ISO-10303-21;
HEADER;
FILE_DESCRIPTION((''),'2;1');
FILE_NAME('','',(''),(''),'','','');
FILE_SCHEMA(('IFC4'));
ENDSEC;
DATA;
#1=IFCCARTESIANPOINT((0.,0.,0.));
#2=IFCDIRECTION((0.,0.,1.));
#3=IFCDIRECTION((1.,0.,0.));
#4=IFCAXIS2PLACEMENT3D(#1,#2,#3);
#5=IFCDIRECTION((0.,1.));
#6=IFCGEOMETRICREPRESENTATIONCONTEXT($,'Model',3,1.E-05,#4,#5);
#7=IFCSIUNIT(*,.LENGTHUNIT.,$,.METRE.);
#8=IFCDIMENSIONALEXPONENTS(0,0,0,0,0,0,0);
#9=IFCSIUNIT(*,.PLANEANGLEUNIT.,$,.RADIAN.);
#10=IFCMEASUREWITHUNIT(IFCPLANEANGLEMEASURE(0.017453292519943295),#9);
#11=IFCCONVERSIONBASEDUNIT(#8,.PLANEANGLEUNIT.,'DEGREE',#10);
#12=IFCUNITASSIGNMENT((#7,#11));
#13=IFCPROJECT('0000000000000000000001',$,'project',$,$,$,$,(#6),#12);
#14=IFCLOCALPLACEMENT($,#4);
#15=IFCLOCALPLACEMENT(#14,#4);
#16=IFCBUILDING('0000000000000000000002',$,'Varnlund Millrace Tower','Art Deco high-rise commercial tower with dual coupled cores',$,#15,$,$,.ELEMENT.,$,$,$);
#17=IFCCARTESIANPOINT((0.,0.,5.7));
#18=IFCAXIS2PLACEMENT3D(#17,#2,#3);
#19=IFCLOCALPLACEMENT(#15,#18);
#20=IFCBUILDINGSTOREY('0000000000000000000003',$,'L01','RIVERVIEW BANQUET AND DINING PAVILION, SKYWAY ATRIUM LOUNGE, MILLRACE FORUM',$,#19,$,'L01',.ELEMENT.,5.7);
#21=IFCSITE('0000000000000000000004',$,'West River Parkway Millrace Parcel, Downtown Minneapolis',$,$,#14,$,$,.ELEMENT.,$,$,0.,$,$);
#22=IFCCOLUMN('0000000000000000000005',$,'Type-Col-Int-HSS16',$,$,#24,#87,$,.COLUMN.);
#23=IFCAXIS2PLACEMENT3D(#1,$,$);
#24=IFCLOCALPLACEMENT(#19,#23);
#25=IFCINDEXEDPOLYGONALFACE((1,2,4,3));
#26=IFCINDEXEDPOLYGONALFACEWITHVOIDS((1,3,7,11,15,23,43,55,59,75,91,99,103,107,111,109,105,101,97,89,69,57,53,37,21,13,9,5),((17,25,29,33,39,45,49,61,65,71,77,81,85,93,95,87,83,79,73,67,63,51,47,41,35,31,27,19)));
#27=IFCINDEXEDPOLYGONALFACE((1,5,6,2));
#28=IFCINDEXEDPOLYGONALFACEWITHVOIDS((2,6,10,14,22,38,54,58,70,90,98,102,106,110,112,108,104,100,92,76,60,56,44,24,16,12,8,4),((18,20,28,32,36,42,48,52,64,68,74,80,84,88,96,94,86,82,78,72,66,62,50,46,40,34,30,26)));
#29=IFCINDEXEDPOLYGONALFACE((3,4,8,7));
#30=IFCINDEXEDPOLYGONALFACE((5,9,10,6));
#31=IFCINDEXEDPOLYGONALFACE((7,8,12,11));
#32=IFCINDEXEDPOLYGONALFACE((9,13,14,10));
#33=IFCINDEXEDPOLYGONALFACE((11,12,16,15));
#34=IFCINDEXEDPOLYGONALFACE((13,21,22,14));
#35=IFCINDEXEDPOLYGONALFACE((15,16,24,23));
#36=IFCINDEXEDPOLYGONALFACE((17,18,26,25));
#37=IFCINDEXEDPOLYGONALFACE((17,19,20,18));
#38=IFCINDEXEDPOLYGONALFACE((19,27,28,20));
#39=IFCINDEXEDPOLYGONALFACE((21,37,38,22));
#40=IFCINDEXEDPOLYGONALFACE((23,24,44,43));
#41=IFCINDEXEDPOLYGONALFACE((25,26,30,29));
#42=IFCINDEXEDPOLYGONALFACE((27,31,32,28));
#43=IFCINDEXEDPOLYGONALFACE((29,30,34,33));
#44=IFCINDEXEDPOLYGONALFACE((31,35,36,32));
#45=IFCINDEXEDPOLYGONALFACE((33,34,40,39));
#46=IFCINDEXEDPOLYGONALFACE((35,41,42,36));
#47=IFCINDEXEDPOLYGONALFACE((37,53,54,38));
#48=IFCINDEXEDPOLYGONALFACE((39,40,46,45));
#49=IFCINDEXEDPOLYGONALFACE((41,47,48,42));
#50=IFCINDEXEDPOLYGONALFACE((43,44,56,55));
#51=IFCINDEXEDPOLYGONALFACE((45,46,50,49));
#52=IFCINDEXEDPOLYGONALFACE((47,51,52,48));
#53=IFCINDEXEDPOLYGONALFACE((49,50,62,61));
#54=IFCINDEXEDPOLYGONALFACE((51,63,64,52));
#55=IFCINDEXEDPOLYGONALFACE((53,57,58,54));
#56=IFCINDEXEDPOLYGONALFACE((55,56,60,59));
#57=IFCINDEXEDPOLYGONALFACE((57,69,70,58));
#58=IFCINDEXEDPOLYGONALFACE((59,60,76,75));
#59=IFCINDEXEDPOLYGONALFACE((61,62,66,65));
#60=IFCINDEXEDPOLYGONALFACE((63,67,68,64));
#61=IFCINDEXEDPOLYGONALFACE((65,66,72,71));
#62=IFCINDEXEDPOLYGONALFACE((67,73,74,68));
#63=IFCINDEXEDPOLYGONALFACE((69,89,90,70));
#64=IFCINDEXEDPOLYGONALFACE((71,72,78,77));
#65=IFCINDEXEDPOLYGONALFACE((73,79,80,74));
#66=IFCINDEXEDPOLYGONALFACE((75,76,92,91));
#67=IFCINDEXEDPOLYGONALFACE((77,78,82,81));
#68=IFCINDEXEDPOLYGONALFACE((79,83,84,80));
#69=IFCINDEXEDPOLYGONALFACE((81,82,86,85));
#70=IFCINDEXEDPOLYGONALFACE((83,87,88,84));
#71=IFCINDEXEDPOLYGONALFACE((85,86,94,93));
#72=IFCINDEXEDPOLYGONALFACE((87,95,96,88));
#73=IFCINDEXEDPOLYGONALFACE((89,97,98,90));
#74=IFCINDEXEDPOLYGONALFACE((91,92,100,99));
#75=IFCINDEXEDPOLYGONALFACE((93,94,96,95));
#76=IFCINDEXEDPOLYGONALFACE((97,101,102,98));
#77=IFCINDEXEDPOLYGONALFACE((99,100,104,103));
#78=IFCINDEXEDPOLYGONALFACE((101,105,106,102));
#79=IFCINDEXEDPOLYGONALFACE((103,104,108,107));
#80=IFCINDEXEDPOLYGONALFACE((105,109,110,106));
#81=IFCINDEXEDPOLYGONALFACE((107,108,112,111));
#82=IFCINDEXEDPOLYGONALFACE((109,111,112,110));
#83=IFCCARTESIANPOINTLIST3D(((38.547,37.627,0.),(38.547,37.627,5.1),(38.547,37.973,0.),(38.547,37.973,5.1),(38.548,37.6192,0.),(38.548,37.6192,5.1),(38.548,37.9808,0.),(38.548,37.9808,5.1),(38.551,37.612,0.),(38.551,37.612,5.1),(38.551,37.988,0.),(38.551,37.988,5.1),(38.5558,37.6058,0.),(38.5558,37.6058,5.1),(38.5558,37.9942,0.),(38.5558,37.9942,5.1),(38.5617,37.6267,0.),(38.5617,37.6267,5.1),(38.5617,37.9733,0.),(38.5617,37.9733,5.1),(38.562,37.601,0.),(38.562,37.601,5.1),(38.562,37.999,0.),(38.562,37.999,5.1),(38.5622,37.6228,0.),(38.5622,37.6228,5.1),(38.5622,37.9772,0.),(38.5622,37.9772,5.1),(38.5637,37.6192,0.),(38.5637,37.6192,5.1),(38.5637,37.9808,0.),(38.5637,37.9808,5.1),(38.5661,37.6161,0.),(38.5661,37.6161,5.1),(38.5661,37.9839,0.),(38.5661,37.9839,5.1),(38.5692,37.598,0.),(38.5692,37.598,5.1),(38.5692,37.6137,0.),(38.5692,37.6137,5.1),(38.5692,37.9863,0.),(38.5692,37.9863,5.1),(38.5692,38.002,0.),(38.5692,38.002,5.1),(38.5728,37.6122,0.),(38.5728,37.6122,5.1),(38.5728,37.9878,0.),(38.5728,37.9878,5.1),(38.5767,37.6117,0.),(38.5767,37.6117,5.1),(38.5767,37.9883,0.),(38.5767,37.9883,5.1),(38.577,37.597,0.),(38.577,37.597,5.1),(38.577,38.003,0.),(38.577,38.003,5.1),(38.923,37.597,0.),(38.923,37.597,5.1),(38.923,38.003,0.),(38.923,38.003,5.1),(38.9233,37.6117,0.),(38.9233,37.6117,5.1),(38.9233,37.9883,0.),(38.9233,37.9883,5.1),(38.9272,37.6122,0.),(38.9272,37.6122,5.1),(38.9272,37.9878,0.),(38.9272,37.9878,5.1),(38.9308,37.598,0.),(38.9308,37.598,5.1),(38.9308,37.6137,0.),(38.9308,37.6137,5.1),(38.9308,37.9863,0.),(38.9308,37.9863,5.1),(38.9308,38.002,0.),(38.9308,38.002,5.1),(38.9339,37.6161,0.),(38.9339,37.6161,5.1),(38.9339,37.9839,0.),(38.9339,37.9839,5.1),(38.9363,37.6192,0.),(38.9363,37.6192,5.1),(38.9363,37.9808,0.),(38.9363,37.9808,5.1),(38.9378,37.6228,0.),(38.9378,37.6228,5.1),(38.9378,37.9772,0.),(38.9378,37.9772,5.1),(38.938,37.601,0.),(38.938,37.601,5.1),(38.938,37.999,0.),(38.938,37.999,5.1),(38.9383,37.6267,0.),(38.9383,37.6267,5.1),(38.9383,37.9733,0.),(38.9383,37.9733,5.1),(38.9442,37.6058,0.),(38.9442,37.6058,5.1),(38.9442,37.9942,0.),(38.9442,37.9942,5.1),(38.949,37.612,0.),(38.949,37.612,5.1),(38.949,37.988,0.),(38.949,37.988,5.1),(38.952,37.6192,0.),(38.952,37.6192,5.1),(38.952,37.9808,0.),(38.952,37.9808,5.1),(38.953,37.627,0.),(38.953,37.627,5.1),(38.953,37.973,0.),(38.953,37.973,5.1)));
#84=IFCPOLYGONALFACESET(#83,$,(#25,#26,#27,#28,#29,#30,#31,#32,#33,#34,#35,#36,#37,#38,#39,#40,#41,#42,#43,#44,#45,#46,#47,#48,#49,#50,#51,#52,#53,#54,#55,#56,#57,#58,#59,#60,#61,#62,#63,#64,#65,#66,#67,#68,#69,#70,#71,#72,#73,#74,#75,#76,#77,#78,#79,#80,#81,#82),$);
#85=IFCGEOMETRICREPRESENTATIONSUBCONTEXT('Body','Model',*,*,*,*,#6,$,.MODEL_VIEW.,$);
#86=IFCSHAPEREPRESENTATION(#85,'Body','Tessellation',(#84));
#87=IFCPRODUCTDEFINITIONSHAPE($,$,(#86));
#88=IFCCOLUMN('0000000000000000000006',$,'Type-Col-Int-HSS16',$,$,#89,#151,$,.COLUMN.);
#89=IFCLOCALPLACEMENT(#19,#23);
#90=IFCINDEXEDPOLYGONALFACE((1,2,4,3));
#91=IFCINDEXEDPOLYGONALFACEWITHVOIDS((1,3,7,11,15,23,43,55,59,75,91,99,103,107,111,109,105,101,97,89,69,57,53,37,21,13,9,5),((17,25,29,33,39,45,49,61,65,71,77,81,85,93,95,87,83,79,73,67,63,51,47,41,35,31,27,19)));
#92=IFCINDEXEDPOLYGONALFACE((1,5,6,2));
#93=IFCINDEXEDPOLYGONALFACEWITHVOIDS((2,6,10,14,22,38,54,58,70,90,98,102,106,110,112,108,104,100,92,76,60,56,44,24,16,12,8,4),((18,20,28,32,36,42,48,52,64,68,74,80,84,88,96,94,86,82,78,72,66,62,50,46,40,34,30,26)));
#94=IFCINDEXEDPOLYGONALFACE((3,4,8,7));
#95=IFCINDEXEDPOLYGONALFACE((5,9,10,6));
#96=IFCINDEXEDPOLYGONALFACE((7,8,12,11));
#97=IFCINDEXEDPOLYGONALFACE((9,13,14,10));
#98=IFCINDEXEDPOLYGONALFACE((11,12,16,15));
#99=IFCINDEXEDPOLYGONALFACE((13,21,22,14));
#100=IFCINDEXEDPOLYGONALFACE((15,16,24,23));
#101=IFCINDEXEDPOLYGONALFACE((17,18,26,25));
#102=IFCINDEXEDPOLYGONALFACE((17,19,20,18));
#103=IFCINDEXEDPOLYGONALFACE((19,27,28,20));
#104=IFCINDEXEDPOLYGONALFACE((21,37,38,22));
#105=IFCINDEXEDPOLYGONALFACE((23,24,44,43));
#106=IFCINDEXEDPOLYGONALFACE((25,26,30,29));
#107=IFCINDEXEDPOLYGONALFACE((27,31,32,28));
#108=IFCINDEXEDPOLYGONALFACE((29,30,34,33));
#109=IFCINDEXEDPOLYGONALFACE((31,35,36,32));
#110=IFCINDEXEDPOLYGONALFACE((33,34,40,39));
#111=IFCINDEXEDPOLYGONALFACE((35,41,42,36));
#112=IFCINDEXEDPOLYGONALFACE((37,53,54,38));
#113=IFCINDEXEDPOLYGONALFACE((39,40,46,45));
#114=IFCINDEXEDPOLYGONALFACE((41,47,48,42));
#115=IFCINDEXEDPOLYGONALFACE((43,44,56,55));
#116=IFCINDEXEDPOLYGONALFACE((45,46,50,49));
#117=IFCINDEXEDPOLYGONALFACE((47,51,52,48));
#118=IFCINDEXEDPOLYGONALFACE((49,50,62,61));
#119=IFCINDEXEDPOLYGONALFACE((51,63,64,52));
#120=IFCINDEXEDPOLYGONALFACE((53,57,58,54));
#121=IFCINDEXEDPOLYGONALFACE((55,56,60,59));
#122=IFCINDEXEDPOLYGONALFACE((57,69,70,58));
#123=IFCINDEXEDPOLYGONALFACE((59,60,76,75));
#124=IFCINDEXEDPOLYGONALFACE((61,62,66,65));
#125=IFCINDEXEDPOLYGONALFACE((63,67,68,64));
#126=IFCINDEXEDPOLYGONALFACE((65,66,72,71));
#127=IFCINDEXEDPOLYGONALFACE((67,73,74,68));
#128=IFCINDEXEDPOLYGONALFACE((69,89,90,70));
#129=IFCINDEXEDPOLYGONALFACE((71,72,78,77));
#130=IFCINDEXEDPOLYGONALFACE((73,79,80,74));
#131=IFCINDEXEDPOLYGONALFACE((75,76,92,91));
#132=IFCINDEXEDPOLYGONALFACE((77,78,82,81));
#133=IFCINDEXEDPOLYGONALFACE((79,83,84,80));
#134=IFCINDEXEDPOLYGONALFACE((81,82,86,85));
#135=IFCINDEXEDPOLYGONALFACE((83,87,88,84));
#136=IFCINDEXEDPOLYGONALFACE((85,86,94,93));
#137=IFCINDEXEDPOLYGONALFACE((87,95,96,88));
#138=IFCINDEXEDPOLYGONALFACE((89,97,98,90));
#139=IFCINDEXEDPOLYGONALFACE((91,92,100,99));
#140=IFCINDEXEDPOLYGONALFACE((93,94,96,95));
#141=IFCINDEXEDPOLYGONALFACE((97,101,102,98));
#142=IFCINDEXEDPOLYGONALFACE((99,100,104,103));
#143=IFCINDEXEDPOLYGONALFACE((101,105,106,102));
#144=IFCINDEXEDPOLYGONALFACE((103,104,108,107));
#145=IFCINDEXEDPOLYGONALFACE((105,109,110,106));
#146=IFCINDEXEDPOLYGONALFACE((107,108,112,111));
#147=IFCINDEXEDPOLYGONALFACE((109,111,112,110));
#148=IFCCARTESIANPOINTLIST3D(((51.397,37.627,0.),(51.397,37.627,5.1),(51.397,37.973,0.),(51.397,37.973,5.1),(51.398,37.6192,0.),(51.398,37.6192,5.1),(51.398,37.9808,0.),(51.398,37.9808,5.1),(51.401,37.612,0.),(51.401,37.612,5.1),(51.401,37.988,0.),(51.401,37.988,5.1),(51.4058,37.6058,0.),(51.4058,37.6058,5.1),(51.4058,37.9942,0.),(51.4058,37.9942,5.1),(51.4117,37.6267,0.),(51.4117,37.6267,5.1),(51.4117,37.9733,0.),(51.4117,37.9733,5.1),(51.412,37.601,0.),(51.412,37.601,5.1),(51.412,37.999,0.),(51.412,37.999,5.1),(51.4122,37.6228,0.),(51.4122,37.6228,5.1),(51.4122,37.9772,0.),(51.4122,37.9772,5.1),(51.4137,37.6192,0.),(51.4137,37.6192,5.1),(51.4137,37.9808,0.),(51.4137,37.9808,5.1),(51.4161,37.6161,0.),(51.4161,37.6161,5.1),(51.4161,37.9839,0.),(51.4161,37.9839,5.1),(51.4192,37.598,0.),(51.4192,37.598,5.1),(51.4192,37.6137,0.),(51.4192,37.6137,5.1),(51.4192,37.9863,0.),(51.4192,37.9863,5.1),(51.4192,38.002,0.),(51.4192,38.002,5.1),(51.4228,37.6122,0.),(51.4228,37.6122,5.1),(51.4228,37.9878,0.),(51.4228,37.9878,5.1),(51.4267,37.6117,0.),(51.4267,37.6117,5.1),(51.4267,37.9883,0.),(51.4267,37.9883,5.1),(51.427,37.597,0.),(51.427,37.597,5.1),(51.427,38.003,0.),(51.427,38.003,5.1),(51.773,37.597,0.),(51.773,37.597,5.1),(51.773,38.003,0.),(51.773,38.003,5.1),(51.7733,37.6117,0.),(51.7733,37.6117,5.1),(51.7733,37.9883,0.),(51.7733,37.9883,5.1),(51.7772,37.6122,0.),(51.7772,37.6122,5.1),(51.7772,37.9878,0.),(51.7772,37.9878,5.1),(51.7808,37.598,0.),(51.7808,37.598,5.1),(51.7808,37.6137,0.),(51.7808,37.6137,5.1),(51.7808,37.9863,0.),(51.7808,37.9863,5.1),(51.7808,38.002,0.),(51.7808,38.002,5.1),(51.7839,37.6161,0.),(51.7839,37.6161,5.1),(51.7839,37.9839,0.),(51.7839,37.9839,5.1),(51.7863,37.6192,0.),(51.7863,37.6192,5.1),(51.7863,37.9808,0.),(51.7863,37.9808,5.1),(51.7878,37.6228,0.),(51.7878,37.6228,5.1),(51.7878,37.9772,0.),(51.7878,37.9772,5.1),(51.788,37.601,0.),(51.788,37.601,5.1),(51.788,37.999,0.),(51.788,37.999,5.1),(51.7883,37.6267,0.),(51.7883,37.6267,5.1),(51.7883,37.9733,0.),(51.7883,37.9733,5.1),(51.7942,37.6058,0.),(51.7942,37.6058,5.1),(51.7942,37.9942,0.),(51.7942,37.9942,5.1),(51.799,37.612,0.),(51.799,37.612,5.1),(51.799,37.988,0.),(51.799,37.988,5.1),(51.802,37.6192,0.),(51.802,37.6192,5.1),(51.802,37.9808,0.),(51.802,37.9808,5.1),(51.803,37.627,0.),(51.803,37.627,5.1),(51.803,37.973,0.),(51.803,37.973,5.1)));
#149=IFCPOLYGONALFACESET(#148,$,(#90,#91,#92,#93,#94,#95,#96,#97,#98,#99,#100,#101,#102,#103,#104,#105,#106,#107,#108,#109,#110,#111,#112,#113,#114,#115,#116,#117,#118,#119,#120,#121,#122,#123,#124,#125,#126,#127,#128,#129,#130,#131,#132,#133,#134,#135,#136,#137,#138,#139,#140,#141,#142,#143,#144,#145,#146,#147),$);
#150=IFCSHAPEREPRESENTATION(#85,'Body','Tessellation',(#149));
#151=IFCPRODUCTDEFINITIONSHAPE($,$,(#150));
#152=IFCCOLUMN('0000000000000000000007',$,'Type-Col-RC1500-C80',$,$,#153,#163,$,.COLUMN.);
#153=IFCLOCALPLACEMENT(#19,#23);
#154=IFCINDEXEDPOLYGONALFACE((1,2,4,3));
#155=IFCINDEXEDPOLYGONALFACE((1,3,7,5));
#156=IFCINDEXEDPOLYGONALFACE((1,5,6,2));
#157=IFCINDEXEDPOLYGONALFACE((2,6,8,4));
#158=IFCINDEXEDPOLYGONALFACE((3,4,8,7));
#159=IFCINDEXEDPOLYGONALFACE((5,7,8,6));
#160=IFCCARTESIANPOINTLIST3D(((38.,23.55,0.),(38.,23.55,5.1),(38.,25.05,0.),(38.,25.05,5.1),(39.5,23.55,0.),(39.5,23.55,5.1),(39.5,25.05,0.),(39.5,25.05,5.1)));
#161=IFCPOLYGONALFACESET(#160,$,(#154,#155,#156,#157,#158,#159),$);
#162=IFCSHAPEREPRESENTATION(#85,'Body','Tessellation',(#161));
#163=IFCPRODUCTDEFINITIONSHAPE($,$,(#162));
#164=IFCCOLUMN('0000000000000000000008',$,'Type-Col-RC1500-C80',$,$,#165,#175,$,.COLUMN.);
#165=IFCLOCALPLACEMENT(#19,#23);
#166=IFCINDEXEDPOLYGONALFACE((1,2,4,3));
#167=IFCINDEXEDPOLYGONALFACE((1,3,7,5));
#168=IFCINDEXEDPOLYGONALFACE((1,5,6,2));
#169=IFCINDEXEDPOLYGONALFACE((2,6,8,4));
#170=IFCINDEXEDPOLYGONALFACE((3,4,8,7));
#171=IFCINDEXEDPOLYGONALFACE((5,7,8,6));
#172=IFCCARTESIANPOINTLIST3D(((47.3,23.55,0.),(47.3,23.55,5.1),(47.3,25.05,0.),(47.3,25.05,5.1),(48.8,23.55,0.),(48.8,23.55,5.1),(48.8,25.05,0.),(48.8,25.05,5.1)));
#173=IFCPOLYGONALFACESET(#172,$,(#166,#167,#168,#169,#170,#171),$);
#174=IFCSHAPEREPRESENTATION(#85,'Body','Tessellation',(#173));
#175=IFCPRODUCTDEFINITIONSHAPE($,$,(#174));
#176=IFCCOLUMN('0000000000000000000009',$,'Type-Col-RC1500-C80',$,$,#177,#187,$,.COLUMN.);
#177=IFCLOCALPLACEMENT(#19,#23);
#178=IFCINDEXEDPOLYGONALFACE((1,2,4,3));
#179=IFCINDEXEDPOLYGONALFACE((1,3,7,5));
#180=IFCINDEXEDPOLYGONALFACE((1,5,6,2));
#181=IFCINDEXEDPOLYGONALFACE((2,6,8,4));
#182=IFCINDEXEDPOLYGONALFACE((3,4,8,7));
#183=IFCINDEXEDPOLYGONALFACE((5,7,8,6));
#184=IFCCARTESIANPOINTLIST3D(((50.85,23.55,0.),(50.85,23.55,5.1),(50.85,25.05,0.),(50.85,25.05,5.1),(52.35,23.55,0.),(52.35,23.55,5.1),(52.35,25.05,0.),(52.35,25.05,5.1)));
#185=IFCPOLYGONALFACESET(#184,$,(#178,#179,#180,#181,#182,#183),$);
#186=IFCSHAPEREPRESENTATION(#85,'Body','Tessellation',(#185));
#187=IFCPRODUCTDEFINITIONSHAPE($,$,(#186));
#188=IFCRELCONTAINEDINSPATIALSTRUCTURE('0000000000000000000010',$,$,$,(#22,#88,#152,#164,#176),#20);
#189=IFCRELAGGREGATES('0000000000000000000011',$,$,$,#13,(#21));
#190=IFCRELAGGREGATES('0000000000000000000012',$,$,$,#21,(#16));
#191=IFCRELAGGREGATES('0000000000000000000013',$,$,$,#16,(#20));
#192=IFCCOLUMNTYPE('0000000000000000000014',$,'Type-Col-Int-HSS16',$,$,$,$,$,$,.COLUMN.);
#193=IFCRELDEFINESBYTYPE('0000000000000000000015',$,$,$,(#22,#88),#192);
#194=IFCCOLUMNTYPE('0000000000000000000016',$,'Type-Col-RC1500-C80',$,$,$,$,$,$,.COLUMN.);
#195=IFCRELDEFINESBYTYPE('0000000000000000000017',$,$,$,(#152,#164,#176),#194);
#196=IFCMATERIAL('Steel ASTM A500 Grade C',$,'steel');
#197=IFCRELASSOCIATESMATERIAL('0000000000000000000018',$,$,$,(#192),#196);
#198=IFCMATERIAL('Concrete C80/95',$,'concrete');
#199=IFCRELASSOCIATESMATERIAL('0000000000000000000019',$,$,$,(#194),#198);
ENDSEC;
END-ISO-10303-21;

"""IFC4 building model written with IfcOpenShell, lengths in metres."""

from ifc_helpers import new_model, entity, si_unit, converted_unit, direction, frame, origin_with_axes, origin_2d_with_axis, place, context, subcontext, project, spatial, rectangle, hollow_rectangle, extrude, material, material_profile, profile_set, type_object, element, save


model = new_model("IFC4")

# Units and contexts
model_context = context("Model", 3, precision=1e-05, world=origin_with_axes(), true_north=direction((0.0, 1.0)))
body_context = subcontext(model_context, "Body", "Model", "MODEL_VIEW")
ifc_project = project(units=[si_unit("LENGTHUNIT", "METRE"), converted_unit("PLANEANGLEUNIT", "DEGREE", entity("IfcPlaneAngleMeasure", 0.017453292519943295), si_unit("PLANEANGLEUNIT", "RADIAN"), dimensions=[0, 0, 0, 0, 0, 0, 0])], contexts=[model_context])

# Site, building, storey
site_placement = place(None, origin_with_axes())
site = spatial("IfcSite", under=ifc_project, at=site_placement, Name="West River Parkway Millrace Parcel, Downtown Minneapolis", CompositionType="ELEMENT", RefElevation=0.0)
building_placement = place(site_placement, origin_with_axes())
building = spatial("IfcBuilding", under=site, at=building_placement, Name="Varnlund Millrace Tower", Description="Art Deco high-rise commercial tower with dual coupled cores", CompositionType="ELEMENT")
storey_placement = place(building_placement, frame((0.0, 0.0, 5.7), z_axis=(0.0, 0.0, 1.0), x_axis=(1.0, 0.0, 0.0)))
storey = spatial("IfcBuildingStorey", under=building, at=storey_placement, Name="L01", Description="RIVERVIEW BANQUET AND DINING PAVILION, SKYWAY ATRIUM LOUNGE, MILLRACE FORUM", LongName="L01", CompositionType="ELEMENT", Elevation=5.7)

# Columns
ifc_material_1 = material(Name="Steel ASTM A500 Grade C", Category="steel")
ifc_material_profile_1 = material_profile(ifc_material_1, hollow_rectangle(XDim=0.406, YDim=0.406, WallThickness=0.0147, InnerFilletRadius=0.015, OuterFilletRadius=0.03, at=origin_2d_with_axis()), Name="Steel ASTM A500 Grade C")
ifc_profile_set_1 = profile_set([ifc_material_profile_1], Name="Steel ASTM A500 Grade C")
column_type_1 = type_object("IfcColumnType", Name="Type-Col-Int-HSS16", PredefinedType="COLUMN", material=ifc_profile_set_1)
for number, where, z_axis, x_axis, name in (
    (1, (38.75, 37.8, 0.0), (0.0, 0.0, 1.0), (1.0, 0.0, 0.0), "Type-Col-Int-HSS16"),
    (2, (51.6, 37.8, 0.0), (0.0, 0.0, 1.0), (1.0, 0.0, 0.0), "Type-Col-Int-HSS16"),
):
    element("IfcColumn", number, at=place(storey_placement, frame(where, z_axis=z_axis, x_axis=x_axis)), inside=storey, type_object=column_type_1, Name=name, PredefinedType="COLUMN", context=body_context, shape_type="SweptSolid", body=[
        extrude(hollow_rectangle(XDim=0.406, YDim=0.406, WallThickness=0.0147, InnerFilletRadius=0.015, OuterFilletRadius=0.03, at=origin_2d_with_axis()), origin_with_axes(), (0.0, 0.0, 1.0), 5.1),
    ])
ifc_material_2 = material(Name="Concrete C80/95", Category="concrete")
ifc_material_profile_2 = material_profile(ifc_material_2, rectangle(XDim=1.5, YDim=1.5, at=origin_2d_with_axis()), Name="Concrete C80/95")
ifc_profile_set_2 = profile_set([ifc_material_profile_2], Name="Concrete C80/95")
column_type_2 = type_object("IfcColumnType", Name="Type-Col-RC1500-C80", PredefinedType="COLUMN", material=ifc_profile_set_2)
for number, where, z_axis, x_axis, name in (
    (3, (38.75, 24.3, 0.0), (0.0, 0.0, 1.0), (1.0, 0.0, 0.0), "Type-Col-RC1500-C80"),
    (4, (48.05, 24.3, 0.0), (0.0, 0.0, 1.0), (1.0, 0.0, 0.0), "Type-Col-RC1500-C80"),
    (5, (51.6, 24.3, 0.0), (0.0, 0.0, 1.0), (1.0, 0.0, 0.0), "Type-Col-RC1500-C80"),
):
    element("IfcColumn", number, at=place(storey_placement, frame(where, z_axis=z_axis, x_axis=x_axis)), inside=storey, type_object=column_type_2, Name=name, PredefinedType="COLUMN", context=body_context, shape_type="SweptSolid", body=[
        extrude(rectangle(XDim=1.5, YDim=1.5, at=origin_2d_with_axis()), origin_with_axes(), (0.0, 0.0, 1.0), 5.1),
    ])

save(model, "model.ifc")
